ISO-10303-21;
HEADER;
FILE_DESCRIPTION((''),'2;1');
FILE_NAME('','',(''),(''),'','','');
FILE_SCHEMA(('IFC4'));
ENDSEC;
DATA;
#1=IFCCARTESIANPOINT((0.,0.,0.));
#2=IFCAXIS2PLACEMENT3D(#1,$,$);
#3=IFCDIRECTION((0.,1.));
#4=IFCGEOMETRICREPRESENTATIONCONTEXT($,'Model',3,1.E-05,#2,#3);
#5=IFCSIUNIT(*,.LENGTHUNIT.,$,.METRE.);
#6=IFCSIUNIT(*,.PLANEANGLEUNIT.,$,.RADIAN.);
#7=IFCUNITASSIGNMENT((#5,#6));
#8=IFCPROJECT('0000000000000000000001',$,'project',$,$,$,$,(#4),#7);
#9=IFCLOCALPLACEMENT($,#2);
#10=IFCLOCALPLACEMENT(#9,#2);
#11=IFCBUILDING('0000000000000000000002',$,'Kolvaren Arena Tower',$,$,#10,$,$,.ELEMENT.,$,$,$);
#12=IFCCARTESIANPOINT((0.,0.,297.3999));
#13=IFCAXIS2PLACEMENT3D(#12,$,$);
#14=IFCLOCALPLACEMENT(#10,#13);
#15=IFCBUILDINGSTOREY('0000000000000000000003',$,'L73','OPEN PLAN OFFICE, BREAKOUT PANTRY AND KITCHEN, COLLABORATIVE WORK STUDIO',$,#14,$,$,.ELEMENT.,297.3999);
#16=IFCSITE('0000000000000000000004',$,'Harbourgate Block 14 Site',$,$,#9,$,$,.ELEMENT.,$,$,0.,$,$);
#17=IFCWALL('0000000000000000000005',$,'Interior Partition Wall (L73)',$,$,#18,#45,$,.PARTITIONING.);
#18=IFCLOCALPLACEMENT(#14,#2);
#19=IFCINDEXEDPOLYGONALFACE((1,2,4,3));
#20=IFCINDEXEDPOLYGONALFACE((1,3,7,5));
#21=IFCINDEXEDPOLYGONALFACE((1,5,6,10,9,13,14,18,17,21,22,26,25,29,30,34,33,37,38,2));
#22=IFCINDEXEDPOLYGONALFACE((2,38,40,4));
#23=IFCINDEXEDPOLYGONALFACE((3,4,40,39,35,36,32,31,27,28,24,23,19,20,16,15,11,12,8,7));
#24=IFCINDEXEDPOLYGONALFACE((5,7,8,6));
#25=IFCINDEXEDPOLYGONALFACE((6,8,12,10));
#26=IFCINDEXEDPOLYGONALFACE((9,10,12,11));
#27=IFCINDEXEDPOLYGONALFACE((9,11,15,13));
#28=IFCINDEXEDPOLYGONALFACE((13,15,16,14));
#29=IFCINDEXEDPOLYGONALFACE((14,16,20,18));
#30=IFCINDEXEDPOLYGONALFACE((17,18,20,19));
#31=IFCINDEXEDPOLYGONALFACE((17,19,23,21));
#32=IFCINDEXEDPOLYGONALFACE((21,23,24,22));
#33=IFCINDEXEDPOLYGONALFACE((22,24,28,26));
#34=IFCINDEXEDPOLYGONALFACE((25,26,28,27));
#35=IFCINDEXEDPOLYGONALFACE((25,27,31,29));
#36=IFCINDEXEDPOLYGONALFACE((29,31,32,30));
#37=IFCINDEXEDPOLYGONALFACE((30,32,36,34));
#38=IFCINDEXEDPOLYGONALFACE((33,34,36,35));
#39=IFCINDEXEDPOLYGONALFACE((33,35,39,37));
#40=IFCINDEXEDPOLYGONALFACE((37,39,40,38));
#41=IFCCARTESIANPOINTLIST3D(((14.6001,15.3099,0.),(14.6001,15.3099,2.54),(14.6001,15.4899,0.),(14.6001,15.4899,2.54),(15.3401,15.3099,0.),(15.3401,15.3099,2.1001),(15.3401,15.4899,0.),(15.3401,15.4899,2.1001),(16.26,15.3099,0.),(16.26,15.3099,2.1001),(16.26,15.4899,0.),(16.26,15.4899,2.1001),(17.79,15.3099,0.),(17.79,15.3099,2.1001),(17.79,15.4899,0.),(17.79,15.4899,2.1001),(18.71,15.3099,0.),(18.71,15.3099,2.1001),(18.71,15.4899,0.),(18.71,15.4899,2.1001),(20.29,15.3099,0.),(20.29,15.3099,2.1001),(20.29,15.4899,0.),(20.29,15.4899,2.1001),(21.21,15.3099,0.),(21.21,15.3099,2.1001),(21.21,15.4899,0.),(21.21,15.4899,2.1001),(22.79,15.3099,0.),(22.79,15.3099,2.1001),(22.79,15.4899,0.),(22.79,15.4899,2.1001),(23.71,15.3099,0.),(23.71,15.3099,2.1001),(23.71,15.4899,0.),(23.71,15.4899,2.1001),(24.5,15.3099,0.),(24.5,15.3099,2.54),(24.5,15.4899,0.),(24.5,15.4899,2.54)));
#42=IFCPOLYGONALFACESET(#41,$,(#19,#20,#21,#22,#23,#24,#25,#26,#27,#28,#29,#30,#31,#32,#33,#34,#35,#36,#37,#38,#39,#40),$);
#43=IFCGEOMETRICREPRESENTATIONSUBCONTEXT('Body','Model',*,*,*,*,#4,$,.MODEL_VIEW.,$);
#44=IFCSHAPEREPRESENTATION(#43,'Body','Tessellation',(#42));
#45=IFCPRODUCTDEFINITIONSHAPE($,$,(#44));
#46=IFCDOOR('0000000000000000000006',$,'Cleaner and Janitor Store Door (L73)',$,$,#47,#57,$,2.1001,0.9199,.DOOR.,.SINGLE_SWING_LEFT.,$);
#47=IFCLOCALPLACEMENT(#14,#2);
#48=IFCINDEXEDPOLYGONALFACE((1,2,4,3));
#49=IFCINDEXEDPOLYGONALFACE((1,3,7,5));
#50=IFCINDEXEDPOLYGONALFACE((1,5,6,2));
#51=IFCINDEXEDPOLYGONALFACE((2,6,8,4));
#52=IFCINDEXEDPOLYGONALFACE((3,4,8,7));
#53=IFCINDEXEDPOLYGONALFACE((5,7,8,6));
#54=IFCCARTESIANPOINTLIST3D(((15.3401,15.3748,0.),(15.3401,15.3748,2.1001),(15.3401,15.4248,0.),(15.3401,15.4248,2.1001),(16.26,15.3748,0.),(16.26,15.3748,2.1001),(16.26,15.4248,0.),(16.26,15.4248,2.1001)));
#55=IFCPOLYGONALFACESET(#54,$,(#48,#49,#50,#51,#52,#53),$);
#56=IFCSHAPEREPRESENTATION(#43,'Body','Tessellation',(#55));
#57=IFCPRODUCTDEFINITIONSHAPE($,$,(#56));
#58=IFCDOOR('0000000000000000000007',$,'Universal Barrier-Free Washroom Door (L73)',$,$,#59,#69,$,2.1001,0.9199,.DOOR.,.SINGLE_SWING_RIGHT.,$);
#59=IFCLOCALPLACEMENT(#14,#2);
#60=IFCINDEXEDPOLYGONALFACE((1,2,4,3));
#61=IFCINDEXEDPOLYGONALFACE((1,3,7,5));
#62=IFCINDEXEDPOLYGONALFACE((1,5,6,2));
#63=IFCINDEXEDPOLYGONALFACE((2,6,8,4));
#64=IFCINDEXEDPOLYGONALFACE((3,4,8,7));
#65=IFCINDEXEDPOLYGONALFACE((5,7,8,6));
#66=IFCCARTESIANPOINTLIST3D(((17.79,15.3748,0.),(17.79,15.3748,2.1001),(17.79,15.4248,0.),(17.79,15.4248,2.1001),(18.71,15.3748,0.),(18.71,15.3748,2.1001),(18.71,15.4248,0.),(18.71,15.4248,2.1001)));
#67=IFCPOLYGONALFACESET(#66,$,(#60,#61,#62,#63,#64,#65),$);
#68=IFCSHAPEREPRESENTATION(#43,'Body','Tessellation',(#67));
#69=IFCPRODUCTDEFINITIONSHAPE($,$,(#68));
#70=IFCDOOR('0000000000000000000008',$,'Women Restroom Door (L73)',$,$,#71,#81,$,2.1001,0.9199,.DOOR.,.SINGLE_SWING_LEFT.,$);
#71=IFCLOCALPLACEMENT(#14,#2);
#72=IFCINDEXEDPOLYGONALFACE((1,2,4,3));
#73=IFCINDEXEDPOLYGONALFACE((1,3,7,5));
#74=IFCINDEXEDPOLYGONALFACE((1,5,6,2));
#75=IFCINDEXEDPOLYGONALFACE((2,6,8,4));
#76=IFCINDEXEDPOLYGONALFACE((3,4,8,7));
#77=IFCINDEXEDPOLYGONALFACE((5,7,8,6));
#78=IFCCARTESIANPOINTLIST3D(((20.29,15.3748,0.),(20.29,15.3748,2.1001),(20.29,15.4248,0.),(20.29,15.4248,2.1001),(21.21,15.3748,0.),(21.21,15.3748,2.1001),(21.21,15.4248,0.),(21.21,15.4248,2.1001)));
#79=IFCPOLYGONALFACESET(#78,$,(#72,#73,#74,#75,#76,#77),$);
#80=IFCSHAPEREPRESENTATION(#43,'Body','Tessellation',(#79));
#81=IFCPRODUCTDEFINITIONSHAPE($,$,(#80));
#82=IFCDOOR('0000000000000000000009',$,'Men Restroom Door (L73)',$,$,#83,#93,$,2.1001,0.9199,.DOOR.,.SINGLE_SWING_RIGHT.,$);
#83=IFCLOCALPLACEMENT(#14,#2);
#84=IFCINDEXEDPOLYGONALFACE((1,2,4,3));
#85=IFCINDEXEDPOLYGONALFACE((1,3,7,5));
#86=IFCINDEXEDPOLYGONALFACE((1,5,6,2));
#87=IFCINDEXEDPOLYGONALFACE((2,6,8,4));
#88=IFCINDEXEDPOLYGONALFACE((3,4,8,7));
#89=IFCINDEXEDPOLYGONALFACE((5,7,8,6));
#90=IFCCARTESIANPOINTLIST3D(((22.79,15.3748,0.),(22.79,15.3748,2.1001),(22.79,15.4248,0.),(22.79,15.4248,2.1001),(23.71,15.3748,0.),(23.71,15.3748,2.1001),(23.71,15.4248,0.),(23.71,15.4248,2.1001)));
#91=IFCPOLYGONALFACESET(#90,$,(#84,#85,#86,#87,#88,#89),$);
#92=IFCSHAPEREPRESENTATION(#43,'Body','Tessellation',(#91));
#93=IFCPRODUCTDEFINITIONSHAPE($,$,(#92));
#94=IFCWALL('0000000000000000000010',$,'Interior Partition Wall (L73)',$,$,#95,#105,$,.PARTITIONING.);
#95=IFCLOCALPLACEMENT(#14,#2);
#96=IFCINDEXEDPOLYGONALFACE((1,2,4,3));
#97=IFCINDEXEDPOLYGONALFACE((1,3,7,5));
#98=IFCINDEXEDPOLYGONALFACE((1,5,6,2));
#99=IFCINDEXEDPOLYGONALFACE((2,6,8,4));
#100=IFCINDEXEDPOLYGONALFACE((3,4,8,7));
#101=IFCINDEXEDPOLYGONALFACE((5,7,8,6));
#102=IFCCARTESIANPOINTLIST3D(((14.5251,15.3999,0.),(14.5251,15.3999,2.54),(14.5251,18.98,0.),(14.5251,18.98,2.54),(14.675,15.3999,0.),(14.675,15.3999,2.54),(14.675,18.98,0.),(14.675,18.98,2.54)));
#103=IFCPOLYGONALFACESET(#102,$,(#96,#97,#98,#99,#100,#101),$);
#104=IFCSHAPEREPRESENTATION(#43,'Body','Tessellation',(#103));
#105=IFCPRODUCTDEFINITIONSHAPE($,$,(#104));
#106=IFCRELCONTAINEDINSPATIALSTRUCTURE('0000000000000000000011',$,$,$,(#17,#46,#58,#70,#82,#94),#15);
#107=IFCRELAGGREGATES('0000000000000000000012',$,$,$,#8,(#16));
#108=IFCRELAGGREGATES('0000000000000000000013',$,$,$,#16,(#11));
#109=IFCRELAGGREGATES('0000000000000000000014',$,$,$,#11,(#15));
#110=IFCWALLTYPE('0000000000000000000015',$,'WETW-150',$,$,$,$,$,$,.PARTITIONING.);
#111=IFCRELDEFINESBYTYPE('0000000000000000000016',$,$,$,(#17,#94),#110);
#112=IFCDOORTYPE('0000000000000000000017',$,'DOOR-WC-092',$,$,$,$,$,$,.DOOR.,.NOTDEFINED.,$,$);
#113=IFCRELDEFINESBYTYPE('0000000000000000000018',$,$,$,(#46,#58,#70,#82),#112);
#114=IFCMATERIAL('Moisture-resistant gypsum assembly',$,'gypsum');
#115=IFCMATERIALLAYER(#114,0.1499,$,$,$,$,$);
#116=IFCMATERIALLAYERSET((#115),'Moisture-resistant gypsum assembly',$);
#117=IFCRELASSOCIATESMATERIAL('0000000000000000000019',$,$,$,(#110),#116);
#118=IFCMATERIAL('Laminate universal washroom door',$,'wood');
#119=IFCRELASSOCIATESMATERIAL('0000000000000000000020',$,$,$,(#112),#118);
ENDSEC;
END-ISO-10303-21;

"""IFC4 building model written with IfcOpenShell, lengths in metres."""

from ifc_helpers import new_model, si_unit, direction, frame, frame_2d, origin, place, context, subcontext, project, spatial, rectangle, extrude, material, layer, layer_set, type_object, element, fill, save


model = new_model("IFC4")

# Units and contexts
model_context = context("Model", 3, precision=1e-05, world=origin(), true_north=direction((0.0, 1.0)))
body_context = subcontext(model_context, "Body", "Model", "MODEL_VIEW")
ifc_project = project(units=[si_unit("LENGTHUNIT", "METRE"), si_unit("PLANEANGLEUNIT", "RADIAN")], contexts=[model_context])

# Site, building, storey
site_placement = place(None, origin())
site = spatial("IfcSite", under=ifc_project, at=site_placement, Name="Harbourgate Block 14 Site", CompositionType="ELEMENT", RefElevation=0.0)
building_placement = place(site_placement, origin())
building = spatial("IfcBuilding", under=site, at=building_placement, Name="Kolvaren Arena Tower", CompositionType="ELEMENT")
storey_placement = place(building_placement, frame((0.0, 0.0, 297.3999)))
storey = spatial("IfcBuildingStorey", under=building, at=storey_placement, Name="L73", Description="OPEN PLAN OFFICE, BREAKOUT PANTRY AND KITCHEN, COLLABORATIVE WORK STUDIO", CompositionType="ELEMENT", Elevation=297.3999)

# Wall, openings, doors
ifc_material_1 = material(Name="Moisture-resistant gypsum assembly", Category="gypsum")
ifc_layer_1 = layer(ifc_material_1, 0.1499)
ifc_layer_set_1 = layer_set([ifc_layer_1], Name="Moisture-resistant gypsum assembly")
wall_type_1 = type_object("IfcWallType", Name="WETW-150", PredefinedType="PARTITIONING", material=ifc_layer_set_1)
wall_1_placement = place(storey_placement, frame((14.6001, 15.3999, 0.0), z_axis=(0.0, 0.0, 1.0), x_axis=(1.0, 0.0, 0.0)))
wall_1 = element("IfcWall", 1, at=wall_1_placement, inside=storey, type_object=wall_type_1, Name="Interior Partition Wall (L73)", PredefinedType="PARTITIONING", context=body_context, shape_type="SweptSolid", body=[
    extrude(rectangle(XDim=9.8999, YDim=0.1799, at=frame_2d((4.95, 0.0))), origin(), (0.0, 0.0, 1.0), 2.54),
])
opening_1_placement = place(wall_1_placement, frame((0.74, 0.0, 0.0)))
opening_1 = element("IfcOpeningElement", 2, at=opening_1_placement, cuts=wall_1, PredefinedType="OPENING", context=body_context, shape_type="SweptSolid", body=[
    extrude(rectangle(XDim=0.9199, YDim=2.1001, at=frame_2d((0.46, 1.05))), frame((0.0, 0.0999, 0.0), z_axis=(0.0, -1.0, 0.0), x_axis=(1.0, 0.0, 0.0)), (0.0, 0.0, 1.0), 0.2),
])
opening_2_placement = place(wall_1_placement, frame((3.1899, 0.0, 0.0)))
opening_2 = element("IfcOpeningElement", 3, at=opening_2_placement, cuts=wall_1, PredefinedType="OPENING", context=body_context, shape_type="SweptSolid", body=[
    extrude(rectangle(XDim=0.9199, YDim=2.1001, at=frame_2d((0.46, 1.05))), frame((0.0, 0.0999, 0.0), z_axis=(0.0, -1.0, 0.0), x_axis=(1.0, 0.0, 0.0)), (0.0, 0.0, 1.0), 0.2),
])
opening_3_placement = place(wall_1_placement, frame((5.6899, 0.0, 0.0)))
opening_3 = element("IfcOpeningElement", 4, at=opening_3_placement, cuts=wall_1, PredefinedType="OPENING", context=body_context, shape_type="SweptSolid", body=[
    extrude(rectangle(XDim=0.9199, YDim=2.1001, at=frame_2d((0.46, 1.05))), frame((0.0, 0.0999, 0.0), z_axis=(0.0, -1.0, 0.0), x_axis=(1.0, 0.0, 0.0)), (0.0, 0.0, 1.0), 0.2),
])
opening_4_placement = place(wall_1_placement, frame((8.1899, 0.0, 0.0)))
opening_4 = element("IfcOpeningElement", 5, at=opening_4_placement, cuts=wall_1, PredefinedType="OPENING", context=body_context, shape_type="SweptSolid", body=[
    extrude(rectangle(XDim=0.9199, YDim=2.1001, at=frame_2d((0.46, 1.05))), frame((0.0, 0.0999, 0.0), z_axis=(0.0, -1.0, 0.0), x_axis=(1.0, 0.0, 0.0)), (0.0, 0.0, 1.0), 0.2),
])
ifc_material_2 = material(Name="Laminate universal washroom door", Category="wood")
door_type_1 = type_object("IfcDoorType", Name="DOOR-WC-092", OperationType="NOTDEFINED", PredefinedType="DOOR", material=ifc_material_2)
door_1_placement = place(opening_1_placement, origin())
door_1 = element("IfcDoor", 6, at=door_1_placement, inside=storey, type_object=door_type_1, Name="Cleaner and Janitor Store Door (L73)", OperationType="SINGLE_SWING_LEFT", OverallHeight=2.1001, OverallWidth=0.9199, PredefinedType="DOOR", context=body_context, shape_type="SweptSolid", body=[
    extrude(rectangle(XDim=0.9199, YDim=2.1001, at=frame_2d((0.46, 1.05))), frame((0.0, 0.0249, 0.0), z_axis=(0.0, -1.0, 0.0), x_axis=(1.0, 0.0, 0.0)), (0.0, 0.0, 1.0), 0.05),
])
fill(opening_1, door_1)
door_2_placement = place(opening_2_placement, origin())
door_2 = element("IfcDoor", 7, at=door_2_placement, inside=storey, type_object=door_type_1, Name="Universal Barrier-Free Washroom Door (L73)", OperationType="SINGLE_SWING_RIGHT", OverallHeight=2.1001, OverallWidth=0.9199, PredefinedType="DOOR", context=body_context, shape_type="SweptSolid", body=[
    extrude(rectangle(XDim=0.9199, YDim=2.1001, at=frame_2d((0.46, 1.05))), frame((0.0, 0.0249, 0.0), z_axis=(0.0, -1.0, 0.0), x_axis=(1.0, 0.0, 0.0)), (0.0, 0.0, 1.0), 0.05),
])
fill(opening_2, door_2)
door_3_placement = place(opening_3_placement, origin())
door_3 = element("IfcDoor", 8, at=door_3_placement, inside=storey, type_object=door_type_1, Name="Women Restroom Door (L73)", OperationType="SINGLE_SWING_LEFT", OverallHeight=2.1001, OverallWidth=0.9199, PredefinedType="DOOR", context=body_context, shape_type="SweptSolid", body=[
    extrude(rectangle(XDim=0.9199, YDim=2.1001, at=frame_2d((0.46, 1.05))), frame((0.0, 0.0249, 0.0), z_axis=(0.0, -1.0, 0.0), x_axis=(1.0, 0.0, 0.0)), (0.0, 0.0, 1.0), 0.05),
])
fill(opening_3, door_3)
door_4_placement = place(opening_4_placement, origin())
door_4 = element("IfcDoor", 9, at=door_4_placement, inside=storey, type_object=door_type_1, Name="Men Restroom Door (L73)", OperationType="SINGLE_SWING_RIGHT", OverallHeight=2.1001, OverallWidth=0.9199, PredefinedType="DOOR", context=body_context, shape_type="SweptSolid", body=[
    extrude(rectangle(XDim=0.9199, YDim=2.1001, at=frame_2d((0.46, 1.05))), frame((0.0, 0.0249, 0.0), z_axis=(0.0, -1.0, 0.0), x_axis=(1.0, 0.0, 0.0)), (0.0, 0.0, 1.0), 0.05),
])
fill(opening_4, door_4)

# Wall
wall_2_placement = place(storey_placement, frame((14.6001, 15.3999, 0.0), z_axis=(0.0, 0.0, 1.0), x_axis=(0.0, 1.0, 0.0)))
element("IfcWall", 10, at=wall_2_placement, inside=storey, type_object=wall_type_1, Name="Interior Partition Wall (L73)", PredefinedType="PARTITIONING", context=body_context, shape_type="SweptSolid", body=[
    extrude(rectangle(XDim=3.5801, YDim=0.1499, at=frame_2d((1.79, 0.0))), origin(), (0.0, 0.0, 1.0), 2.54),
])

save(model, "model.ifc")
